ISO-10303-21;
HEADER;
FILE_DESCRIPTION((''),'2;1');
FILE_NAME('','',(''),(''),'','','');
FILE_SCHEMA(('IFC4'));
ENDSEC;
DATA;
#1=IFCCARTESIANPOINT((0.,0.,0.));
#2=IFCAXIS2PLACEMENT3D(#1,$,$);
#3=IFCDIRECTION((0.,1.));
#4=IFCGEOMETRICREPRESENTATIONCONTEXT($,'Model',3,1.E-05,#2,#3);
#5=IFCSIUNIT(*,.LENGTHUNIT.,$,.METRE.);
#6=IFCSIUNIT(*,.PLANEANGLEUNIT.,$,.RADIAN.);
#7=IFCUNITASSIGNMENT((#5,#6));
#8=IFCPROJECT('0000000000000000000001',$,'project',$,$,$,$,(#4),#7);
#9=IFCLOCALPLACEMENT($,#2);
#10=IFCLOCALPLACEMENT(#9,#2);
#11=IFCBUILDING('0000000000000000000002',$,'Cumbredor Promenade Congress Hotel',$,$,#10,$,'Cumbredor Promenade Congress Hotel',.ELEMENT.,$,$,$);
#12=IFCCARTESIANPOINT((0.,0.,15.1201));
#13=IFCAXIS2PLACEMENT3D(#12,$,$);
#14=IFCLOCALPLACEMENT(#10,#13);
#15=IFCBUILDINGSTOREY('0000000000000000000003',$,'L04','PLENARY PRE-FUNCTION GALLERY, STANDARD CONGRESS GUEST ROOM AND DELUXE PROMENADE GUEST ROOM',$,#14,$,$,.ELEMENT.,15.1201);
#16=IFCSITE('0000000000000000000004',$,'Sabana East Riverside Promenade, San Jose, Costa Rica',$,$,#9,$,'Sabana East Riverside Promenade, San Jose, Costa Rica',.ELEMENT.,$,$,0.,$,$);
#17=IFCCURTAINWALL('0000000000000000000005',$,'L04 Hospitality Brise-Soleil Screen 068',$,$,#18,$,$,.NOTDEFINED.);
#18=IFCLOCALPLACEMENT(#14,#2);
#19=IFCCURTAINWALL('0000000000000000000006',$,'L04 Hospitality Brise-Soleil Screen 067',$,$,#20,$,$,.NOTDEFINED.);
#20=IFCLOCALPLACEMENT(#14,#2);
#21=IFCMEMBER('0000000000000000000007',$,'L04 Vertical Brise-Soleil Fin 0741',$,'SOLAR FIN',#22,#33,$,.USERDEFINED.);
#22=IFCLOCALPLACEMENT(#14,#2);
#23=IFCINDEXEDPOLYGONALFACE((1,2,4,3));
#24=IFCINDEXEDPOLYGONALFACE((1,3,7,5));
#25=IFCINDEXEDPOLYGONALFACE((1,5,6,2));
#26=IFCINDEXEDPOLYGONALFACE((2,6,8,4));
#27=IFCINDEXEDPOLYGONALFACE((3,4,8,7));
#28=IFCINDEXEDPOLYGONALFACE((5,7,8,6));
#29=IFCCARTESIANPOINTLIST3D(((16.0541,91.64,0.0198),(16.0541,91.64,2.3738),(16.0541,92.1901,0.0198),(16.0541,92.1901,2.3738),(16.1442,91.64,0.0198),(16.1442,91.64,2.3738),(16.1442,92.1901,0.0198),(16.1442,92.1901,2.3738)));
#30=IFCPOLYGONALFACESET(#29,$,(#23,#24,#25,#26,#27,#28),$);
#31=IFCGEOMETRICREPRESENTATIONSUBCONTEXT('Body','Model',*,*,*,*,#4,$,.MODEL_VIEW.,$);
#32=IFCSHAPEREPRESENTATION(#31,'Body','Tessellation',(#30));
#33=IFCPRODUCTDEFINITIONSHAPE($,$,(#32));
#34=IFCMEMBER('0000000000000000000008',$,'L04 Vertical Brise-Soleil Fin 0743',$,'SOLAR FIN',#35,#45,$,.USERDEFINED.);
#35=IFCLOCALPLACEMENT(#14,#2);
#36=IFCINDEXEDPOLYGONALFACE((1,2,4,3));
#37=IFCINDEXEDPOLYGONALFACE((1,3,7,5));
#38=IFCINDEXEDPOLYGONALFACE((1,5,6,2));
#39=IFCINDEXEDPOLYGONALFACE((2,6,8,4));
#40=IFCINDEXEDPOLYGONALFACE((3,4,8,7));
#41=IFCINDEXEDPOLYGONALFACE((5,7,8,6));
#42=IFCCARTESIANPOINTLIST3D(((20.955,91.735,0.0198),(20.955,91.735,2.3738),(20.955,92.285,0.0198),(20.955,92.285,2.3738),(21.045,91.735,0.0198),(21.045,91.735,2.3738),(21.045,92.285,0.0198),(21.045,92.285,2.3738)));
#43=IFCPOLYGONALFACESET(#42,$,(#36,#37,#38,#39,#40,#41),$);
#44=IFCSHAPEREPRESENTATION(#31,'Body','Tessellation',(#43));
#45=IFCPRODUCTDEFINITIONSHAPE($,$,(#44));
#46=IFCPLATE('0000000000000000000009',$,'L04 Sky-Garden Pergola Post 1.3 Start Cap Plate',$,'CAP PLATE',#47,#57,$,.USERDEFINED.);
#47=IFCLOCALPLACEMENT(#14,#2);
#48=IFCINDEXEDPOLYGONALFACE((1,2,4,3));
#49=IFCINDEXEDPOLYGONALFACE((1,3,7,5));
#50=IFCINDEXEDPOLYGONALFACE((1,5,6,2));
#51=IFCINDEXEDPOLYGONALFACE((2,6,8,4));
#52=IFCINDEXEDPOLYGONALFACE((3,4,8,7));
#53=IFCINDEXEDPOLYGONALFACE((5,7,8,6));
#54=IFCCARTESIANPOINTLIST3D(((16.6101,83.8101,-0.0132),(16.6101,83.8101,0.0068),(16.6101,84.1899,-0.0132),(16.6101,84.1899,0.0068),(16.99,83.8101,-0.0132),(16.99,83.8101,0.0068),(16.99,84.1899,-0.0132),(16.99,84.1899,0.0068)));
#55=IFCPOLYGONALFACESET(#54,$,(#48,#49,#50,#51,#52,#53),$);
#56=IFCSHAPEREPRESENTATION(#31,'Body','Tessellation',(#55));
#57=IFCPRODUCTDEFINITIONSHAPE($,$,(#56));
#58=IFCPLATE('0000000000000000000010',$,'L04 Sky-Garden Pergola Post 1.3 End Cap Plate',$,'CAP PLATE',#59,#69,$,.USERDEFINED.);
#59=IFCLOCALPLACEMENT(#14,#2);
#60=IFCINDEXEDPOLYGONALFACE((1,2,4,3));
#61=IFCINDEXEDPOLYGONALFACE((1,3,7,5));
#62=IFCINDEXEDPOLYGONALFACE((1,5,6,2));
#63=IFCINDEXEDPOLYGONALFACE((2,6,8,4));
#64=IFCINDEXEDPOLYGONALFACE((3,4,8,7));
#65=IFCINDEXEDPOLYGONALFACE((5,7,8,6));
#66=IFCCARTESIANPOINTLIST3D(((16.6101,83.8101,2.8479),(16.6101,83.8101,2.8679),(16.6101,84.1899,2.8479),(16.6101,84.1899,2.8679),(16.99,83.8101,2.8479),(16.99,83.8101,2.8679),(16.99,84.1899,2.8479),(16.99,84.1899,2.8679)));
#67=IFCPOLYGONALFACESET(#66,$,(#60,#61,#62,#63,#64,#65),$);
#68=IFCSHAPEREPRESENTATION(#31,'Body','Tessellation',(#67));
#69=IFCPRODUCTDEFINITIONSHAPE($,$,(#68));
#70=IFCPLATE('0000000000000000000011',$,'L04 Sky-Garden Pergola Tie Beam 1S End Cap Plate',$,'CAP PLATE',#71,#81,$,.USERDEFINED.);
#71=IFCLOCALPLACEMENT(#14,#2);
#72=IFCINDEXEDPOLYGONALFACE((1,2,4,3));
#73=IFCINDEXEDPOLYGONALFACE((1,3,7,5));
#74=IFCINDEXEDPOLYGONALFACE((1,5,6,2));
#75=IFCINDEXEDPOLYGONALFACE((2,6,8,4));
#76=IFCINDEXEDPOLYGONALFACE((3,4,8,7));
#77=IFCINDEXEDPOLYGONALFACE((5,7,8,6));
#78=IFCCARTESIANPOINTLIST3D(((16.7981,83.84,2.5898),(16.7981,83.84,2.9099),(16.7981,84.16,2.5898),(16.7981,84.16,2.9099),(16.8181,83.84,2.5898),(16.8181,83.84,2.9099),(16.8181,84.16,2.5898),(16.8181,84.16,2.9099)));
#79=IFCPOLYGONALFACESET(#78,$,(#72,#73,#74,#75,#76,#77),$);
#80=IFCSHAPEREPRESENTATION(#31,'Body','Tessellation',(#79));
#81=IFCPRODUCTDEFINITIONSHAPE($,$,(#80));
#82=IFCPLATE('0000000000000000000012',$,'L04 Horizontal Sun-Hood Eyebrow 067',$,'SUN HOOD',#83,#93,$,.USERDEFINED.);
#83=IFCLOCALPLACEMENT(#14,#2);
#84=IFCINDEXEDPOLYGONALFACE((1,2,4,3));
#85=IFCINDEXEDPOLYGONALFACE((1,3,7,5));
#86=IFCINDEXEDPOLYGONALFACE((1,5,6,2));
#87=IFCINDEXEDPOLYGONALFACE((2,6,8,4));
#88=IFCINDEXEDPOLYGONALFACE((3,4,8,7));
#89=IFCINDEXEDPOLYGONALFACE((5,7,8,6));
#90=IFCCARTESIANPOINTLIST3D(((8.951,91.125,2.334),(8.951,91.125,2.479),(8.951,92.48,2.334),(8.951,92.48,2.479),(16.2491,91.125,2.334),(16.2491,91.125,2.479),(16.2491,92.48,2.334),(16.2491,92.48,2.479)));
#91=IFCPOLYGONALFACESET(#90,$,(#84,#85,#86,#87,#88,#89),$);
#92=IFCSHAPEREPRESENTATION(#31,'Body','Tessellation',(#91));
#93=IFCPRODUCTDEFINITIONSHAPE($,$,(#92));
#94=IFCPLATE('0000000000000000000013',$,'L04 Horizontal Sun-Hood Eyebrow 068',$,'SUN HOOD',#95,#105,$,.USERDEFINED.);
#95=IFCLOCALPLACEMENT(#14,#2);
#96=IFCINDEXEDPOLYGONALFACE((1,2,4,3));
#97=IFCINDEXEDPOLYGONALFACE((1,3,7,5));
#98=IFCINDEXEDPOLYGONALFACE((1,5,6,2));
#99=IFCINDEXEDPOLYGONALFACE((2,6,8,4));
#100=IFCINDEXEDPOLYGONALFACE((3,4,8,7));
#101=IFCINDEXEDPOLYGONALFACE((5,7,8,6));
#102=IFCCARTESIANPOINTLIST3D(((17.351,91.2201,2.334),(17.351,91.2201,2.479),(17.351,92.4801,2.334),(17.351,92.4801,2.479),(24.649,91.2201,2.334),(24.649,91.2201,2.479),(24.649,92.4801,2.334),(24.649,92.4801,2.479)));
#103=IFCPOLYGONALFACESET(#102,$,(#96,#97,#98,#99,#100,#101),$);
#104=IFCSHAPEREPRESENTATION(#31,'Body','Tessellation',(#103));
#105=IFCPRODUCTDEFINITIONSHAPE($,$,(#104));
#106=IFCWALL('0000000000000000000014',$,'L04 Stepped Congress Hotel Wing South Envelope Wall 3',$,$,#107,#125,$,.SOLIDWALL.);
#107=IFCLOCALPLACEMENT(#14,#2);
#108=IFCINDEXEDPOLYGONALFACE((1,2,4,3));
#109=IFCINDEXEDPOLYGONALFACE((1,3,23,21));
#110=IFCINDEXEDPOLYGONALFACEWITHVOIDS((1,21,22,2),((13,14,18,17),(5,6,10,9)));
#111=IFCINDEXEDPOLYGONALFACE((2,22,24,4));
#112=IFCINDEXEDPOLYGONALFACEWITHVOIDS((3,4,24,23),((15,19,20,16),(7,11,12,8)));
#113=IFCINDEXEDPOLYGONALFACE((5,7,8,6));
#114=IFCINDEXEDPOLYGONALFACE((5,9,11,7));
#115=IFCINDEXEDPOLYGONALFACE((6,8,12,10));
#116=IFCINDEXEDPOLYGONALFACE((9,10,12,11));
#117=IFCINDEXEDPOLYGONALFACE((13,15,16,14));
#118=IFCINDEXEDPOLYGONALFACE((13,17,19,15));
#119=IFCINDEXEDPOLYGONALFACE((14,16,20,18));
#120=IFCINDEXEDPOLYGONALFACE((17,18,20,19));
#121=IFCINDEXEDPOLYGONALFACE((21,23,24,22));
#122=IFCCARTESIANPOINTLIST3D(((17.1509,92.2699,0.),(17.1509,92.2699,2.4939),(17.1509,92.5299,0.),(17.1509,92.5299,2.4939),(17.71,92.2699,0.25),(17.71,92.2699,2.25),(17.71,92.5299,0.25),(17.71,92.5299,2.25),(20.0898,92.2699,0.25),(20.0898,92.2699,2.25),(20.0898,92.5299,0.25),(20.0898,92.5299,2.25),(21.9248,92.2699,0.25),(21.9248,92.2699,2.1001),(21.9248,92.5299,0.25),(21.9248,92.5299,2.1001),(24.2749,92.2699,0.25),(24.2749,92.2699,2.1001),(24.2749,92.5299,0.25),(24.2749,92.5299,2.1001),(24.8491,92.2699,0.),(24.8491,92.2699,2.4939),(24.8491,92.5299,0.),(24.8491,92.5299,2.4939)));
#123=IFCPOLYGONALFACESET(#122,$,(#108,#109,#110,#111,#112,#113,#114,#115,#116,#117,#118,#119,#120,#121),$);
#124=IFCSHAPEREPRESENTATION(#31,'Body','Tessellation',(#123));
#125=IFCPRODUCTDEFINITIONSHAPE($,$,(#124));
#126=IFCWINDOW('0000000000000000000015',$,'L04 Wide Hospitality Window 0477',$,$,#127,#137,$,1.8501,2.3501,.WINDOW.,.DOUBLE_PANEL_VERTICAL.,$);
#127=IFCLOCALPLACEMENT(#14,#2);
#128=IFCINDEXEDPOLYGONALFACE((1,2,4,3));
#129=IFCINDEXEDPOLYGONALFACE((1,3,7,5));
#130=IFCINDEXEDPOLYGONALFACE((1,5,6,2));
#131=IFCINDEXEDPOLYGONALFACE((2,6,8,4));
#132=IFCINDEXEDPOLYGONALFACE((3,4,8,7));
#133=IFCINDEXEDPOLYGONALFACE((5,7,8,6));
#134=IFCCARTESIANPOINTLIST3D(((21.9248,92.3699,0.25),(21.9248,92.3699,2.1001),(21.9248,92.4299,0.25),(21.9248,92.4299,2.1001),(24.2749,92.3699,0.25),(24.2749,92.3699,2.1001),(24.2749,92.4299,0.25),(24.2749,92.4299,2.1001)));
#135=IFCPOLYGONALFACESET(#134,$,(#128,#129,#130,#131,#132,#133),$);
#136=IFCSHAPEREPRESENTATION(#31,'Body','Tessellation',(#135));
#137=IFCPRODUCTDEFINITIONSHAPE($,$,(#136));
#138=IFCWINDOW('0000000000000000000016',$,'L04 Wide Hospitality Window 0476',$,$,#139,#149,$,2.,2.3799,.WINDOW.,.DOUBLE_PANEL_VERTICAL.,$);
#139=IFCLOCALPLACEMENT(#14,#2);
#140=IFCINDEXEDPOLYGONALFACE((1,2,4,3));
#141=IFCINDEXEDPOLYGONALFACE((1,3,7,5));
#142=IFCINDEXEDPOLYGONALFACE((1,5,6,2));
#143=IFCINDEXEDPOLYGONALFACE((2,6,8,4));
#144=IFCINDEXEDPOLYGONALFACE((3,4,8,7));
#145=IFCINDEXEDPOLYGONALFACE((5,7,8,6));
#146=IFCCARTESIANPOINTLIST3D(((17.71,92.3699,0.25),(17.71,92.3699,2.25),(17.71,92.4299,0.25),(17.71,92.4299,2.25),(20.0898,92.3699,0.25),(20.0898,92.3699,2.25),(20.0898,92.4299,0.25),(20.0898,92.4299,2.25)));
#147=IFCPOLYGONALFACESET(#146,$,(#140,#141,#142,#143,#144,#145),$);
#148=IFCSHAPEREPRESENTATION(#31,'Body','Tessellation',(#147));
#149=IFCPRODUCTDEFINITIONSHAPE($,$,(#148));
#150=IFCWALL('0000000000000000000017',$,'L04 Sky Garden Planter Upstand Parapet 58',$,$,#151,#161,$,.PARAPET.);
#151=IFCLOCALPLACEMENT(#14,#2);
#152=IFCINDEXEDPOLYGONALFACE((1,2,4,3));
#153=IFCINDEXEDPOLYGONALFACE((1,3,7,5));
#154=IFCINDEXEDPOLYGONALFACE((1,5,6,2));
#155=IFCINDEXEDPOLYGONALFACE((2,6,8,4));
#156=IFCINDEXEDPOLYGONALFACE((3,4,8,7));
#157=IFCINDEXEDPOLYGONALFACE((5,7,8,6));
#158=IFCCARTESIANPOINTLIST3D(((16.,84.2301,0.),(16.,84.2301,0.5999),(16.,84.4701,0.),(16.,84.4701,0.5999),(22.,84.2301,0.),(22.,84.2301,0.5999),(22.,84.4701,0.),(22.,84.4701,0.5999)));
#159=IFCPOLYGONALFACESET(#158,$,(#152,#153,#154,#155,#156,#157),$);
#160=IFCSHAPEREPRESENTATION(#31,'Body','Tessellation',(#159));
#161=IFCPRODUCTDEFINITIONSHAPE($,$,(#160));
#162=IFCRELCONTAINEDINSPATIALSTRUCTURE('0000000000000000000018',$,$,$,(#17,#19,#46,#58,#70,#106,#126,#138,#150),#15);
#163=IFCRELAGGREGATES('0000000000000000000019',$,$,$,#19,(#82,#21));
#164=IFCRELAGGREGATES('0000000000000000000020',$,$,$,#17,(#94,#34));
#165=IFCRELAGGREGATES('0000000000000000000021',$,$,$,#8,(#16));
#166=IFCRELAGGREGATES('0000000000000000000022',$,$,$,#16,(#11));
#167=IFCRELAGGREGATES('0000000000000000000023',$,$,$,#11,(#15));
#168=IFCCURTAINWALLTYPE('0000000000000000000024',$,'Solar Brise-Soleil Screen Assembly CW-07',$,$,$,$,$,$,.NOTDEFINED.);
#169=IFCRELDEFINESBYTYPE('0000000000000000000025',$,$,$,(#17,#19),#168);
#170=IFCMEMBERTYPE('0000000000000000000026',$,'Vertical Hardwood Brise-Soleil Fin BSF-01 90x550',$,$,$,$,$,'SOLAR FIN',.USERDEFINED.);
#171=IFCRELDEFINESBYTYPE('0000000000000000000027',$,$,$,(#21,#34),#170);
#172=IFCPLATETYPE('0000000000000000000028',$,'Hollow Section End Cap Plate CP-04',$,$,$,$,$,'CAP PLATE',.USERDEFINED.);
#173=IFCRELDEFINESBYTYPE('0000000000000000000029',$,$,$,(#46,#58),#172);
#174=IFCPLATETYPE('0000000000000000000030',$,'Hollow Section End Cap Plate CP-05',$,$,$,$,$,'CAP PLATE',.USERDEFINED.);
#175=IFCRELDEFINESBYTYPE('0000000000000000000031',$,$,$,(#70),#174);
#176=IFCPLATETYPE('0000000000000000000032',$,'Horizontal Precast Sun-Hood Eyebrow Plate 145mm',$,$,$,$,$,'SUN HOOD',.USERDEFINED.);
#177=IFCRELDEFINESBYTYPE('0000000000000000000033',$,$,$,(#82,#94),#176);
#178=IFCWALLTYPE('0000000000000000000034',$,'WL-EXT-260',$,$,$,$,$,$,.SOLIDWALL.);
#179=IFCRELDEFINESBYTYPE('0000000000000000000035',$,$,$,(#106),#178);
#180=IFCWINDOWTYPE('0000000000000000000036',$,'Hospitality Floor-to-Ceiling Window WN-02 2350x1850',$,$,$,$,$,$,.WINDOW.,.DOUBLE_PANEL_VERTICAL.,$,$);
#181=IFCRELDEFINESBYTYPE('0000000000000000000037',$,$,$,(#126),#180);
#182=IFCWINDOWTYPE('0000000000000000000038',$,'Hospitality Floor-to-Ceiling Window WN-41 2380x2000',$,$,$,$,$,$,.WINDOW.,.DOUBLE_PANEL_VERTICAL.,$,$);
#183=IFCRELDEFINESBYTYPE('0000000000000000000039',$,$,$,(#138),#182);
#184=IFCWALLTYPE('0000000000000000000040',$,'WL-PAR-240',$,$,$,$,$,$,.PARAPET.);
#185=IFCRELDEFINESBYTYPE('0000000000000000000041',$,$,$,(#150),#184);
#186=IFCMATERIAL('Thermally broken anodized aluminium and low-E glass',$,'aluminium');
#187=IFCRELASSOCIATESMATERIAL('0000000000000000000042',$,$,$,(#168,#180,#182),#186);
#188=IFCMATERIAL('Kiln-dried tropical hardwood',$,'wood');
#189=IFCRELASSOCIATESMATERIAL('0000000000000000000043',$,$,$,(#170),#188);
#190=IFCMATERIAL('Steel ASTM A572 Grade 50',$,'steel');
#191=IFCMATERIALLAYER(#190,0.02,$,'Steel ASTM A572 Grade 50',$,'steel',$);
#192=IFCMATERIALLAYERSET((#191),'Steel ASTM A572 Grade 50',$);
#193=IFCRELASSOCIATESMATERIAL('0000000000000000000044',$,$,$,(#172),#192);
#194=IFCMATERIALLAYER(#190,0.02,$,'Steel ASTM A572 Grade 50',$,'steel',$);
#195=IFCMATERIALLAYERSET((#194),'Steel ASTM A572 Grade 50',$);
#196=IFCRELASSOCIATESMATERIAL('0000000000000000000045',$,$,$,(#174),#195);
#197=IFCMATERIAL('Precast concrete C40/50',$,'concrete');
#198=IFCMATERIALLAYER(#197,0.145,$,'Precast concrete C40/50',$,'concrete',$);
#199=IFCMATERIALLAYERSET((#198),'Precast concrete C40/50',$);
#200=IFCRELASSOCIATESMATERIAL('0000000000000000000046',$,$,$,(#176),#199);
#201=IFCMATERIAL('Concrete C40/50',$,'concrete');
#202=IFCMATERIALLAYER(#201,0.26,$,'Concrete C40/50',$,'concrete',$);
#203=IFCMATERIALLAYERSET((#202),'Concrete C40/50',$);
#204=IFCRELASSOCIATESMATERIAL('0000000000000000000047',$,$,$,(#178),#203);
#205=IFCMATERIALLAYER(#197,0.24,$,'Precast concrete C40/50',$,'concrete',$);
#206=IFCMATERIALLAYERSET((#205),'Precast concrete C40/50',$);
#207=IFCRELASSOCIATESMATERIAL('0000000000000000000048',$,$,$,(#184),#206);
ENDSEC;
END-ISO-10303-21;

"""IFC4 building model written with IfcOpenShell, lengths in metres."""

from ifc_helpers import new_model, si_unit, direction, frame, frame_2d, origin, origin_2d, place, context, subcontext, project, spatial, rectangle, extrude, material, layer, layer_set, material_profile, profile_set, type_object, element, fill, aggregate, save


model = new_model("IFC4")

# Units and contexts
model_context = context("Model", 3, precision=1e-05, world=origin(), true_north=direction((0.0, 1.0)))
body_context = subcontext(model_context, "Body", "Model", "MODEL_VIEW")
ifc_project = project(units=[si_unit("LENGTHUNIT", "METRE"), si_unit("PLANEANGLEUNIT", "RADIAN")], contexts=[model_context])

# Site, building, storey
site_placement = place(None, origin())
site = spatial("IfcSite", under=ifc_project, at=site_placement, Name="Sabana East Riverside Promenade, San Jose, Costa Rica", LongName="Sabana East Riverside Promenade, San Jose, Costa Rica", CompositionType="ELEMENT", RefElevation=0.0)
building_placement = place(site_placement, origin())
building = spatial("IfcBuilding", under=site, at=building_placement, Name="Cumbredor Promenade Congress Hotel", LongName="Cumbredor Promenade Congress Hotel", CompositionType="ELEMENT")
storey_placement = place(building_placement, frame((0.0, 0.0, 15.1201)))
storey = spatial("IfcBuildingStorey", under=building, at=storey_placement, Name="L04", Description="PLENARY PRE-FUNCTION GALLERY, STANDARD CONGRESS GUEST ROOM AND DELUXE PROMENADE GUEST ROOM", CompositionType="ELEMENT", Elevation=15.1201)

# Shared definitions
ifc_material_1 = material(Name="Concrete C40/50", Category="concrete")

# Curtain wall
ifc_material_2 = material(Name="Thermally broken anodized aluminium and low-E glass", Category="aluminium")
curtain_wall_type = type_object("IfcCurtainWallType", Name="Solar Brise-Soleil Screen Assembly CW-07", PredefinedType="NOTDEFINED", material=ifc_material_2)
curtain_wall_1_placement = place(storey_placement, origin())
curtain_wall_1 = element("IfcCurtainWall", 1, at=curtain_wall_1_placement, inside=storey, type_object=curtain_wall_type, Name="L04 Hospitality Brise-Soleil Screen 068", PredefinedType="NOTDEFINED")

# Curtain wall
curtain_wall_2_placement = place(storey_placement, origin())
curtain_wall_2 = element("IfcCurtainWall", 2, at=curtain_wall_2_placement, inside=storey, type_object=curtain_wall_type, Name="L04 Hospitality Brise-Soleil Screen 067", PredefinedType="NOTDEFINED")

# Members
ifc_material_3 = material(Name="Kiln-dried tropical hardwood", Category="wood")
ifc_material_profile_1 = material_profile(ifc_material_3, rectangle(XDim=0.0901, YDim=0.55, at=origin_2d()), Name="ARCH FIN 90x550")
ifc_profile_set_1 = profile_set([ifc_material_profile_1], Name="Kiln-dried tropical hardwood")
member_type_1 = type_object("IfcMemberType", Name="Vertical Hardwood Brise-Soleil Fin BSF-01 90x550", ElementType="SOLAR FIN", PredefinedType="USERDEFINED", material=ifc_profile_set_1)
member_1_placement = place(storey_placement, frame((16.0991, 91.915, 0.0198), z_axis=(0.0, 0.0, 1.0), x_axis=(1.0, 0.0, 0.0)))
member_1 = element("IfcMember", 3, at=member_1_placement, type_object=member_type_1, Name="L04 Vertical Brise-Soleil Fin 0741", ObjectType="SOLAR FIN", PredefinedType="USERDEFINED", context=body_context, shape_type="SweptSolid", body=[
    extrude(rectangle(XDim=0.0901, YDim=0.55, at=origin_2d()), origin(), (0.0, 0.0, 1.0), 2.354),
])
member_2_placement = place(storey_placement, frame((21.0, 92.01, 0.0198), z_axis=(0.0, 0.0, 1.0), x_axis=(1.0, 0.0, 0.0)))
member_2 = element("IfcMember", 4, at=member_2_placement, type_object=member_type_1, Name="L04 Vertical Brise-Soleil Fin 0743", ObjectType="SOLAR FIN", PredefinedType="USERDEFINED", context=body_context, shape_type="SweptSolid", body=[
    extrude(rectangle(XDim=0.0901, YDim=0.55, at=origin_2d()), origin(), (0.0, 0.0, 1.0), 2.354),
])

# Plates
ifc_material_4 = material(Name="Steel ASTM A572 Grade 50", Category="steel")
ifc_layer_1 = layer(ifc_material_4, 0.02, Name="Steel ASTM A572 Grade 50", Category="steel")
ifc_layer_set_1 = layer_set([ifc_layer_1], Name="Steel ASTM A572 Grade 50")
plate_type_1 = type_object("IfcPlateType", Name="Hollow Section End Cap Plate CP-04", ElementType="CAP PLATE", PredefinedType="USERDEFINED", material=ifc_layer_set_1)
for number, where, z_axis, x_axis, name in (
    (5, (16.8, 84.0, -0.0132), (0.0, 0.0, 1.0), (1.0, 0.0, 0.0), "L04 Sky-Garden Pergola Post 1.3 Start Cap Plate"),
    (6, (16.8, 84.0, 2.8479), (0.0, 0.0, 1.0), (1.0, 0.0, 0.0), "L04 Sky-Garden Pergola Post 1.3 End Cap Plate"),
):
    element("IfcPlate", number, at=place(storey_placement, frame(where, z_axis=z_axis, x_axis=x_axis)), inside=storey, type_object=plate_type_1, Name=name, ObjectType="CAP PLATE", PredefinedType="USERDEFINED", context=body_context, shape_type="SweptSolid", body=[
        extrude(rectangle(XDim=0.3799, YDim=0.3799, at=origin_2d()), origin(), (0.0, 0.0, 1.0), 0.02),
    ])
ifc_layer_2 = layer(ifc_material_4, 0.02, Name="Steel ASTM A572 Grade 50", Category="steel")
ifc_layer_set_2 = layer_set([ifc_layer_2], Name="Steel ASTM A572 Grade 50")
plate_type_2 = type_object("IfcPlateType", Name="Hollow Section End Cap Plate CP-05", ElementType="CAP PLATE", PredefinedType="USERDEFINED", material=ifc_layer_set_2)
plate_1_placement = place(storey_placement, frame((16.8081, 84.0, 2.5898), z_axis=(0.0, 0.0, 1.0), x_axis=(1.0, 0.0, 0.0)))
element("IfcPlate", 7, at=plate_1_placement, inside=storey, type_object=plate_type_2, Name="L04 Sky-Garden Pergola Tie Beam 1S End Cap Plate", ObjectType="CAP PLATE", PredefinedType="USERDEFINED", context=body_context, shape_type="SweptSolid", body=[
    extrude(rectangle(XDim=0.02, YDim=0.3201, at=origin_2d()), origin(), (0.0, 0.0, 1.0), 0.3201),
])

# Plates
ifc_material_5 = material(Name="Precast concrete C40/50", Category="concrete")
ifc_layer_3 = layer(ifc_material_5, 0.145, Name="Precast concrete C40/50", Category="concrete")
ifc_layer_set_3 = layer_set([ifc_layer_3], Name="Precast concrete C40/50")
plate_type_3 = type_object("IfcPlateType", Name="Horizontal Precast Sun-Hood Eyebrow Plate 145mm", ElementType="SUN HOOD", PredefinedType="USERDEFINED", material=ifc_layer_set_3)
plate_2_placement = place(storey_placement, frame((12.6001, 91.8025, 2.334), z_axis=(0.0, 0.0, 1.0), x_axis=(1.0, 0.0, 0.0)))
plate_2 = element("IfcPlate", 8, at=plate_2_placement, type_object=plate_type_3, Name="L04 Horizontal Sun-Hood Eyebrow 067", ObjectType="SUN HOOD", PredefinedType="USERDEFINED", context=body_context, shape_type="SweptSolid", body=[
    extrude(rectangle(XDim=7.2981, YDim=1.355, at=origin_2d()), origin(), (0.0, 0.0, 1.0), 0.145),
])
aggregate(curtain_wall_2, [plate_2, member_1])
plate_3_placement = place(storey_placement, frame((21.0, 91.8501, 2.334), z_axis=(0.0, 0.0, 1.0), x_axis=(1.0, 0.0, 0.0)))
plate_3 = element("IfcPlate", 9, at=plate_3_placement, type_object=plate_type_3, Name="L04 Horizontal Sun-Hood Eyebrow 068", ObjectType="SUN HOOD", PredefinedType="USERDEFINED", context=body_context, shape_type="SweptSolid", body=[
    extrude(rectangle(XDim=7.2981, YDim=1.26, at=origin_2d()), origin(), (0.0, 0.0, 1.0), 0.145),
])
aggregate(curtain_wall_1, [plate_3, member_2])

# Wall, openings, windows
ifc_layer_4 = layer(ifc_material_1, 0.26, Name="Concrete C40/50", Category="concrete")
ifc_layer_set_4 = layer_set([ifc_layer_4], Name="Concrete C40/50")
wall_type_1 = type_object("IfcWallType", Name="WL-EXT-260", PredefinedType="SOLIDWALL", material=ifc_layer_set_4)
wall_1_placement = place(storey_placement, frame((17.1509, 92.3999, 0.0), z_axis=(0.0, 0.0, 1.0), x_axis=(1.0, 0.0, 0.0)))
wall_1 = element("IfcWall", 10, at=wall_1_placement, inside=storey, type_object=wall_type_1, Name="L04 Stepped Congress Hotel Wing South Envelope Wall 3", PredefinedType="SOLIDWALL", context=body_context, shape_type="SweptSolid", body=[
    extrude(rectangle(XDim=7.6982, YDim=0.26, at=frame_2d((3.8491, 0.0))), origin(), (0.0, 0.0, 1.0), 2.4939),
])
opening_1_placement = place(wall_1_placement, frame((0.5591, 0.0, 0.25)))
opening_1 = element("IfcOpeningElement", 11, at=opening_1_placement, cuts=wall_1, PredefinedType="OPENING", context=body_context, shape_type="SweptSolid", body=[
    extrude(rectangle(XDim=2.3799, YDim=2.0, at=frame_2d((1.1899, 1.0))), frame((0.0, 0.1401, 0.0), z_axis=(0.0, -1.0, 0.0), x_axis=(1.0, 0.0, 0.0)), (0.0, 0.0, 1.0), 0.28),
])
opening_2_placement = place(wall_1_placement, frame((4.7739, 0.0, 0.25)))
opening_2 = element("IfcOpeningElement", 12, at=opening_2_placement, cuts=wall_1, PredefinedType="OPENING", context=body_context, shape_type="SweptSolid", body=[
    extrude(rectangle(XDim=2.3501, YDim=1.8501, at=frame_2d((1.175, 0.925))), frame((0.0, 0.1401, 0.0), z_axis=(0.0, -1.0, 0.0), x_axis=(1.0, 0.0, 0.0)), (0.0, 0.0, 1.0), 0.28),
])
window_type_1 = type_object("IfcWindowType", Name="Hospitality Floor-to-Ceiling Window WN-02 2350x1850", PartitioningType="DOUBLE_PANEL_VERTICAL", PredefinedType="WINDOW", material=ifc_material_2)
window_1_placement = place(opening_2_placement, origin())
window_1 = element("IfcWindow", 13, at=window_1_placement, inside=storey, type_object=window_type_1, Name="L04 Wide Hospitality Window 0477", OverallHeight=1.8501, OverallWidth=2.3501, PartitioningType="DOUBLE_PANEL_VERTICAL", PredefinedType="WINDOW", context=body_context, shape_type="SweptSolid", body=[
    extrude(rectangle(XDim=2.3501, YDim=1.8501, at=frame_2d((1.175, 0.925))), frame((0.0, 0.03, 0.0), z_axis=(0.0, -1.0, 0.0), x_axis=(1.0, 0.0, 0.0)), (0.0, 0.0, 1.0), 0.0601),
])
fill(opening_2, window_1)
window_type_2 = type_object("IfcWindowType", Name="Hospitality Floor-to-Ceiling Window WN-41 2380x2000", PartitioningType="DOUBLE_PANEL_VERTICAL", PredefinedType="WINDOW", material=ifc_material_2)
window_2_placement = place(opening_1_placement, origin())
window_2 = element("IfcWindow", 14, at=window_2_placement, inside=storey, type_object=window_type_2, Name="L04 Wide Hospitality Window 0476", OverallHeight=2.0, OverallWidth=2.3799, PartitioningType="DOUBLE_PANEL_VERTICAL", PredefinedType="WINDOW", context=body_context, shape_type="SweptSolid", body=[
    extrude(rectangle(XDim=2.3799, YDim=2.0, at=frame_2d((1.1899, 1.0))), frame((0.0, 0.03, 0.0), z_axis=(0.0, -1.0, 0.0), x_axis=(1.0, 0.0, 0.0)), (0.0, 0.0, 1.0), 0.0601),
])
fill(opening_1, window_2)

# Wall
ifc_layer_5 = layer(ifc_material_5, 0.24, Name="Precast concrete C40/50", Category="concrete")
ifc_layer_set_5 = layer_set([ifc_layer_5], Name="Precast concrete C40/50")
wall_type_2 = type_object("IfcWallType", Name="WL-PAR-240", PredefinedType="PARAPET", material=ifc_layer_set_5)
wall_2_placement = place(storey_placement, frame((16.0, 84.3501, 0.0), z_axis=(0.0, 0.0, 1.0), x_axis=(1.0, 0.0, 0.0)))
element("IfcWall", 15, at=wall_2_placement, inside=storey, type_object=wall_type_2, Name="L04 Sky Garden Planter Upstand Parapet 58", PredefinedType="PARAPET", context=body_context, shape_type="SweptSolid", body=[
    extrude(rectangle(XDim=6.0, YDim=0.24, at=frame_2d((3.0, 0.0))), origin(), (0.0, 0.0, 1.0), 0.5999),
])

save(model, "model.ifc")
